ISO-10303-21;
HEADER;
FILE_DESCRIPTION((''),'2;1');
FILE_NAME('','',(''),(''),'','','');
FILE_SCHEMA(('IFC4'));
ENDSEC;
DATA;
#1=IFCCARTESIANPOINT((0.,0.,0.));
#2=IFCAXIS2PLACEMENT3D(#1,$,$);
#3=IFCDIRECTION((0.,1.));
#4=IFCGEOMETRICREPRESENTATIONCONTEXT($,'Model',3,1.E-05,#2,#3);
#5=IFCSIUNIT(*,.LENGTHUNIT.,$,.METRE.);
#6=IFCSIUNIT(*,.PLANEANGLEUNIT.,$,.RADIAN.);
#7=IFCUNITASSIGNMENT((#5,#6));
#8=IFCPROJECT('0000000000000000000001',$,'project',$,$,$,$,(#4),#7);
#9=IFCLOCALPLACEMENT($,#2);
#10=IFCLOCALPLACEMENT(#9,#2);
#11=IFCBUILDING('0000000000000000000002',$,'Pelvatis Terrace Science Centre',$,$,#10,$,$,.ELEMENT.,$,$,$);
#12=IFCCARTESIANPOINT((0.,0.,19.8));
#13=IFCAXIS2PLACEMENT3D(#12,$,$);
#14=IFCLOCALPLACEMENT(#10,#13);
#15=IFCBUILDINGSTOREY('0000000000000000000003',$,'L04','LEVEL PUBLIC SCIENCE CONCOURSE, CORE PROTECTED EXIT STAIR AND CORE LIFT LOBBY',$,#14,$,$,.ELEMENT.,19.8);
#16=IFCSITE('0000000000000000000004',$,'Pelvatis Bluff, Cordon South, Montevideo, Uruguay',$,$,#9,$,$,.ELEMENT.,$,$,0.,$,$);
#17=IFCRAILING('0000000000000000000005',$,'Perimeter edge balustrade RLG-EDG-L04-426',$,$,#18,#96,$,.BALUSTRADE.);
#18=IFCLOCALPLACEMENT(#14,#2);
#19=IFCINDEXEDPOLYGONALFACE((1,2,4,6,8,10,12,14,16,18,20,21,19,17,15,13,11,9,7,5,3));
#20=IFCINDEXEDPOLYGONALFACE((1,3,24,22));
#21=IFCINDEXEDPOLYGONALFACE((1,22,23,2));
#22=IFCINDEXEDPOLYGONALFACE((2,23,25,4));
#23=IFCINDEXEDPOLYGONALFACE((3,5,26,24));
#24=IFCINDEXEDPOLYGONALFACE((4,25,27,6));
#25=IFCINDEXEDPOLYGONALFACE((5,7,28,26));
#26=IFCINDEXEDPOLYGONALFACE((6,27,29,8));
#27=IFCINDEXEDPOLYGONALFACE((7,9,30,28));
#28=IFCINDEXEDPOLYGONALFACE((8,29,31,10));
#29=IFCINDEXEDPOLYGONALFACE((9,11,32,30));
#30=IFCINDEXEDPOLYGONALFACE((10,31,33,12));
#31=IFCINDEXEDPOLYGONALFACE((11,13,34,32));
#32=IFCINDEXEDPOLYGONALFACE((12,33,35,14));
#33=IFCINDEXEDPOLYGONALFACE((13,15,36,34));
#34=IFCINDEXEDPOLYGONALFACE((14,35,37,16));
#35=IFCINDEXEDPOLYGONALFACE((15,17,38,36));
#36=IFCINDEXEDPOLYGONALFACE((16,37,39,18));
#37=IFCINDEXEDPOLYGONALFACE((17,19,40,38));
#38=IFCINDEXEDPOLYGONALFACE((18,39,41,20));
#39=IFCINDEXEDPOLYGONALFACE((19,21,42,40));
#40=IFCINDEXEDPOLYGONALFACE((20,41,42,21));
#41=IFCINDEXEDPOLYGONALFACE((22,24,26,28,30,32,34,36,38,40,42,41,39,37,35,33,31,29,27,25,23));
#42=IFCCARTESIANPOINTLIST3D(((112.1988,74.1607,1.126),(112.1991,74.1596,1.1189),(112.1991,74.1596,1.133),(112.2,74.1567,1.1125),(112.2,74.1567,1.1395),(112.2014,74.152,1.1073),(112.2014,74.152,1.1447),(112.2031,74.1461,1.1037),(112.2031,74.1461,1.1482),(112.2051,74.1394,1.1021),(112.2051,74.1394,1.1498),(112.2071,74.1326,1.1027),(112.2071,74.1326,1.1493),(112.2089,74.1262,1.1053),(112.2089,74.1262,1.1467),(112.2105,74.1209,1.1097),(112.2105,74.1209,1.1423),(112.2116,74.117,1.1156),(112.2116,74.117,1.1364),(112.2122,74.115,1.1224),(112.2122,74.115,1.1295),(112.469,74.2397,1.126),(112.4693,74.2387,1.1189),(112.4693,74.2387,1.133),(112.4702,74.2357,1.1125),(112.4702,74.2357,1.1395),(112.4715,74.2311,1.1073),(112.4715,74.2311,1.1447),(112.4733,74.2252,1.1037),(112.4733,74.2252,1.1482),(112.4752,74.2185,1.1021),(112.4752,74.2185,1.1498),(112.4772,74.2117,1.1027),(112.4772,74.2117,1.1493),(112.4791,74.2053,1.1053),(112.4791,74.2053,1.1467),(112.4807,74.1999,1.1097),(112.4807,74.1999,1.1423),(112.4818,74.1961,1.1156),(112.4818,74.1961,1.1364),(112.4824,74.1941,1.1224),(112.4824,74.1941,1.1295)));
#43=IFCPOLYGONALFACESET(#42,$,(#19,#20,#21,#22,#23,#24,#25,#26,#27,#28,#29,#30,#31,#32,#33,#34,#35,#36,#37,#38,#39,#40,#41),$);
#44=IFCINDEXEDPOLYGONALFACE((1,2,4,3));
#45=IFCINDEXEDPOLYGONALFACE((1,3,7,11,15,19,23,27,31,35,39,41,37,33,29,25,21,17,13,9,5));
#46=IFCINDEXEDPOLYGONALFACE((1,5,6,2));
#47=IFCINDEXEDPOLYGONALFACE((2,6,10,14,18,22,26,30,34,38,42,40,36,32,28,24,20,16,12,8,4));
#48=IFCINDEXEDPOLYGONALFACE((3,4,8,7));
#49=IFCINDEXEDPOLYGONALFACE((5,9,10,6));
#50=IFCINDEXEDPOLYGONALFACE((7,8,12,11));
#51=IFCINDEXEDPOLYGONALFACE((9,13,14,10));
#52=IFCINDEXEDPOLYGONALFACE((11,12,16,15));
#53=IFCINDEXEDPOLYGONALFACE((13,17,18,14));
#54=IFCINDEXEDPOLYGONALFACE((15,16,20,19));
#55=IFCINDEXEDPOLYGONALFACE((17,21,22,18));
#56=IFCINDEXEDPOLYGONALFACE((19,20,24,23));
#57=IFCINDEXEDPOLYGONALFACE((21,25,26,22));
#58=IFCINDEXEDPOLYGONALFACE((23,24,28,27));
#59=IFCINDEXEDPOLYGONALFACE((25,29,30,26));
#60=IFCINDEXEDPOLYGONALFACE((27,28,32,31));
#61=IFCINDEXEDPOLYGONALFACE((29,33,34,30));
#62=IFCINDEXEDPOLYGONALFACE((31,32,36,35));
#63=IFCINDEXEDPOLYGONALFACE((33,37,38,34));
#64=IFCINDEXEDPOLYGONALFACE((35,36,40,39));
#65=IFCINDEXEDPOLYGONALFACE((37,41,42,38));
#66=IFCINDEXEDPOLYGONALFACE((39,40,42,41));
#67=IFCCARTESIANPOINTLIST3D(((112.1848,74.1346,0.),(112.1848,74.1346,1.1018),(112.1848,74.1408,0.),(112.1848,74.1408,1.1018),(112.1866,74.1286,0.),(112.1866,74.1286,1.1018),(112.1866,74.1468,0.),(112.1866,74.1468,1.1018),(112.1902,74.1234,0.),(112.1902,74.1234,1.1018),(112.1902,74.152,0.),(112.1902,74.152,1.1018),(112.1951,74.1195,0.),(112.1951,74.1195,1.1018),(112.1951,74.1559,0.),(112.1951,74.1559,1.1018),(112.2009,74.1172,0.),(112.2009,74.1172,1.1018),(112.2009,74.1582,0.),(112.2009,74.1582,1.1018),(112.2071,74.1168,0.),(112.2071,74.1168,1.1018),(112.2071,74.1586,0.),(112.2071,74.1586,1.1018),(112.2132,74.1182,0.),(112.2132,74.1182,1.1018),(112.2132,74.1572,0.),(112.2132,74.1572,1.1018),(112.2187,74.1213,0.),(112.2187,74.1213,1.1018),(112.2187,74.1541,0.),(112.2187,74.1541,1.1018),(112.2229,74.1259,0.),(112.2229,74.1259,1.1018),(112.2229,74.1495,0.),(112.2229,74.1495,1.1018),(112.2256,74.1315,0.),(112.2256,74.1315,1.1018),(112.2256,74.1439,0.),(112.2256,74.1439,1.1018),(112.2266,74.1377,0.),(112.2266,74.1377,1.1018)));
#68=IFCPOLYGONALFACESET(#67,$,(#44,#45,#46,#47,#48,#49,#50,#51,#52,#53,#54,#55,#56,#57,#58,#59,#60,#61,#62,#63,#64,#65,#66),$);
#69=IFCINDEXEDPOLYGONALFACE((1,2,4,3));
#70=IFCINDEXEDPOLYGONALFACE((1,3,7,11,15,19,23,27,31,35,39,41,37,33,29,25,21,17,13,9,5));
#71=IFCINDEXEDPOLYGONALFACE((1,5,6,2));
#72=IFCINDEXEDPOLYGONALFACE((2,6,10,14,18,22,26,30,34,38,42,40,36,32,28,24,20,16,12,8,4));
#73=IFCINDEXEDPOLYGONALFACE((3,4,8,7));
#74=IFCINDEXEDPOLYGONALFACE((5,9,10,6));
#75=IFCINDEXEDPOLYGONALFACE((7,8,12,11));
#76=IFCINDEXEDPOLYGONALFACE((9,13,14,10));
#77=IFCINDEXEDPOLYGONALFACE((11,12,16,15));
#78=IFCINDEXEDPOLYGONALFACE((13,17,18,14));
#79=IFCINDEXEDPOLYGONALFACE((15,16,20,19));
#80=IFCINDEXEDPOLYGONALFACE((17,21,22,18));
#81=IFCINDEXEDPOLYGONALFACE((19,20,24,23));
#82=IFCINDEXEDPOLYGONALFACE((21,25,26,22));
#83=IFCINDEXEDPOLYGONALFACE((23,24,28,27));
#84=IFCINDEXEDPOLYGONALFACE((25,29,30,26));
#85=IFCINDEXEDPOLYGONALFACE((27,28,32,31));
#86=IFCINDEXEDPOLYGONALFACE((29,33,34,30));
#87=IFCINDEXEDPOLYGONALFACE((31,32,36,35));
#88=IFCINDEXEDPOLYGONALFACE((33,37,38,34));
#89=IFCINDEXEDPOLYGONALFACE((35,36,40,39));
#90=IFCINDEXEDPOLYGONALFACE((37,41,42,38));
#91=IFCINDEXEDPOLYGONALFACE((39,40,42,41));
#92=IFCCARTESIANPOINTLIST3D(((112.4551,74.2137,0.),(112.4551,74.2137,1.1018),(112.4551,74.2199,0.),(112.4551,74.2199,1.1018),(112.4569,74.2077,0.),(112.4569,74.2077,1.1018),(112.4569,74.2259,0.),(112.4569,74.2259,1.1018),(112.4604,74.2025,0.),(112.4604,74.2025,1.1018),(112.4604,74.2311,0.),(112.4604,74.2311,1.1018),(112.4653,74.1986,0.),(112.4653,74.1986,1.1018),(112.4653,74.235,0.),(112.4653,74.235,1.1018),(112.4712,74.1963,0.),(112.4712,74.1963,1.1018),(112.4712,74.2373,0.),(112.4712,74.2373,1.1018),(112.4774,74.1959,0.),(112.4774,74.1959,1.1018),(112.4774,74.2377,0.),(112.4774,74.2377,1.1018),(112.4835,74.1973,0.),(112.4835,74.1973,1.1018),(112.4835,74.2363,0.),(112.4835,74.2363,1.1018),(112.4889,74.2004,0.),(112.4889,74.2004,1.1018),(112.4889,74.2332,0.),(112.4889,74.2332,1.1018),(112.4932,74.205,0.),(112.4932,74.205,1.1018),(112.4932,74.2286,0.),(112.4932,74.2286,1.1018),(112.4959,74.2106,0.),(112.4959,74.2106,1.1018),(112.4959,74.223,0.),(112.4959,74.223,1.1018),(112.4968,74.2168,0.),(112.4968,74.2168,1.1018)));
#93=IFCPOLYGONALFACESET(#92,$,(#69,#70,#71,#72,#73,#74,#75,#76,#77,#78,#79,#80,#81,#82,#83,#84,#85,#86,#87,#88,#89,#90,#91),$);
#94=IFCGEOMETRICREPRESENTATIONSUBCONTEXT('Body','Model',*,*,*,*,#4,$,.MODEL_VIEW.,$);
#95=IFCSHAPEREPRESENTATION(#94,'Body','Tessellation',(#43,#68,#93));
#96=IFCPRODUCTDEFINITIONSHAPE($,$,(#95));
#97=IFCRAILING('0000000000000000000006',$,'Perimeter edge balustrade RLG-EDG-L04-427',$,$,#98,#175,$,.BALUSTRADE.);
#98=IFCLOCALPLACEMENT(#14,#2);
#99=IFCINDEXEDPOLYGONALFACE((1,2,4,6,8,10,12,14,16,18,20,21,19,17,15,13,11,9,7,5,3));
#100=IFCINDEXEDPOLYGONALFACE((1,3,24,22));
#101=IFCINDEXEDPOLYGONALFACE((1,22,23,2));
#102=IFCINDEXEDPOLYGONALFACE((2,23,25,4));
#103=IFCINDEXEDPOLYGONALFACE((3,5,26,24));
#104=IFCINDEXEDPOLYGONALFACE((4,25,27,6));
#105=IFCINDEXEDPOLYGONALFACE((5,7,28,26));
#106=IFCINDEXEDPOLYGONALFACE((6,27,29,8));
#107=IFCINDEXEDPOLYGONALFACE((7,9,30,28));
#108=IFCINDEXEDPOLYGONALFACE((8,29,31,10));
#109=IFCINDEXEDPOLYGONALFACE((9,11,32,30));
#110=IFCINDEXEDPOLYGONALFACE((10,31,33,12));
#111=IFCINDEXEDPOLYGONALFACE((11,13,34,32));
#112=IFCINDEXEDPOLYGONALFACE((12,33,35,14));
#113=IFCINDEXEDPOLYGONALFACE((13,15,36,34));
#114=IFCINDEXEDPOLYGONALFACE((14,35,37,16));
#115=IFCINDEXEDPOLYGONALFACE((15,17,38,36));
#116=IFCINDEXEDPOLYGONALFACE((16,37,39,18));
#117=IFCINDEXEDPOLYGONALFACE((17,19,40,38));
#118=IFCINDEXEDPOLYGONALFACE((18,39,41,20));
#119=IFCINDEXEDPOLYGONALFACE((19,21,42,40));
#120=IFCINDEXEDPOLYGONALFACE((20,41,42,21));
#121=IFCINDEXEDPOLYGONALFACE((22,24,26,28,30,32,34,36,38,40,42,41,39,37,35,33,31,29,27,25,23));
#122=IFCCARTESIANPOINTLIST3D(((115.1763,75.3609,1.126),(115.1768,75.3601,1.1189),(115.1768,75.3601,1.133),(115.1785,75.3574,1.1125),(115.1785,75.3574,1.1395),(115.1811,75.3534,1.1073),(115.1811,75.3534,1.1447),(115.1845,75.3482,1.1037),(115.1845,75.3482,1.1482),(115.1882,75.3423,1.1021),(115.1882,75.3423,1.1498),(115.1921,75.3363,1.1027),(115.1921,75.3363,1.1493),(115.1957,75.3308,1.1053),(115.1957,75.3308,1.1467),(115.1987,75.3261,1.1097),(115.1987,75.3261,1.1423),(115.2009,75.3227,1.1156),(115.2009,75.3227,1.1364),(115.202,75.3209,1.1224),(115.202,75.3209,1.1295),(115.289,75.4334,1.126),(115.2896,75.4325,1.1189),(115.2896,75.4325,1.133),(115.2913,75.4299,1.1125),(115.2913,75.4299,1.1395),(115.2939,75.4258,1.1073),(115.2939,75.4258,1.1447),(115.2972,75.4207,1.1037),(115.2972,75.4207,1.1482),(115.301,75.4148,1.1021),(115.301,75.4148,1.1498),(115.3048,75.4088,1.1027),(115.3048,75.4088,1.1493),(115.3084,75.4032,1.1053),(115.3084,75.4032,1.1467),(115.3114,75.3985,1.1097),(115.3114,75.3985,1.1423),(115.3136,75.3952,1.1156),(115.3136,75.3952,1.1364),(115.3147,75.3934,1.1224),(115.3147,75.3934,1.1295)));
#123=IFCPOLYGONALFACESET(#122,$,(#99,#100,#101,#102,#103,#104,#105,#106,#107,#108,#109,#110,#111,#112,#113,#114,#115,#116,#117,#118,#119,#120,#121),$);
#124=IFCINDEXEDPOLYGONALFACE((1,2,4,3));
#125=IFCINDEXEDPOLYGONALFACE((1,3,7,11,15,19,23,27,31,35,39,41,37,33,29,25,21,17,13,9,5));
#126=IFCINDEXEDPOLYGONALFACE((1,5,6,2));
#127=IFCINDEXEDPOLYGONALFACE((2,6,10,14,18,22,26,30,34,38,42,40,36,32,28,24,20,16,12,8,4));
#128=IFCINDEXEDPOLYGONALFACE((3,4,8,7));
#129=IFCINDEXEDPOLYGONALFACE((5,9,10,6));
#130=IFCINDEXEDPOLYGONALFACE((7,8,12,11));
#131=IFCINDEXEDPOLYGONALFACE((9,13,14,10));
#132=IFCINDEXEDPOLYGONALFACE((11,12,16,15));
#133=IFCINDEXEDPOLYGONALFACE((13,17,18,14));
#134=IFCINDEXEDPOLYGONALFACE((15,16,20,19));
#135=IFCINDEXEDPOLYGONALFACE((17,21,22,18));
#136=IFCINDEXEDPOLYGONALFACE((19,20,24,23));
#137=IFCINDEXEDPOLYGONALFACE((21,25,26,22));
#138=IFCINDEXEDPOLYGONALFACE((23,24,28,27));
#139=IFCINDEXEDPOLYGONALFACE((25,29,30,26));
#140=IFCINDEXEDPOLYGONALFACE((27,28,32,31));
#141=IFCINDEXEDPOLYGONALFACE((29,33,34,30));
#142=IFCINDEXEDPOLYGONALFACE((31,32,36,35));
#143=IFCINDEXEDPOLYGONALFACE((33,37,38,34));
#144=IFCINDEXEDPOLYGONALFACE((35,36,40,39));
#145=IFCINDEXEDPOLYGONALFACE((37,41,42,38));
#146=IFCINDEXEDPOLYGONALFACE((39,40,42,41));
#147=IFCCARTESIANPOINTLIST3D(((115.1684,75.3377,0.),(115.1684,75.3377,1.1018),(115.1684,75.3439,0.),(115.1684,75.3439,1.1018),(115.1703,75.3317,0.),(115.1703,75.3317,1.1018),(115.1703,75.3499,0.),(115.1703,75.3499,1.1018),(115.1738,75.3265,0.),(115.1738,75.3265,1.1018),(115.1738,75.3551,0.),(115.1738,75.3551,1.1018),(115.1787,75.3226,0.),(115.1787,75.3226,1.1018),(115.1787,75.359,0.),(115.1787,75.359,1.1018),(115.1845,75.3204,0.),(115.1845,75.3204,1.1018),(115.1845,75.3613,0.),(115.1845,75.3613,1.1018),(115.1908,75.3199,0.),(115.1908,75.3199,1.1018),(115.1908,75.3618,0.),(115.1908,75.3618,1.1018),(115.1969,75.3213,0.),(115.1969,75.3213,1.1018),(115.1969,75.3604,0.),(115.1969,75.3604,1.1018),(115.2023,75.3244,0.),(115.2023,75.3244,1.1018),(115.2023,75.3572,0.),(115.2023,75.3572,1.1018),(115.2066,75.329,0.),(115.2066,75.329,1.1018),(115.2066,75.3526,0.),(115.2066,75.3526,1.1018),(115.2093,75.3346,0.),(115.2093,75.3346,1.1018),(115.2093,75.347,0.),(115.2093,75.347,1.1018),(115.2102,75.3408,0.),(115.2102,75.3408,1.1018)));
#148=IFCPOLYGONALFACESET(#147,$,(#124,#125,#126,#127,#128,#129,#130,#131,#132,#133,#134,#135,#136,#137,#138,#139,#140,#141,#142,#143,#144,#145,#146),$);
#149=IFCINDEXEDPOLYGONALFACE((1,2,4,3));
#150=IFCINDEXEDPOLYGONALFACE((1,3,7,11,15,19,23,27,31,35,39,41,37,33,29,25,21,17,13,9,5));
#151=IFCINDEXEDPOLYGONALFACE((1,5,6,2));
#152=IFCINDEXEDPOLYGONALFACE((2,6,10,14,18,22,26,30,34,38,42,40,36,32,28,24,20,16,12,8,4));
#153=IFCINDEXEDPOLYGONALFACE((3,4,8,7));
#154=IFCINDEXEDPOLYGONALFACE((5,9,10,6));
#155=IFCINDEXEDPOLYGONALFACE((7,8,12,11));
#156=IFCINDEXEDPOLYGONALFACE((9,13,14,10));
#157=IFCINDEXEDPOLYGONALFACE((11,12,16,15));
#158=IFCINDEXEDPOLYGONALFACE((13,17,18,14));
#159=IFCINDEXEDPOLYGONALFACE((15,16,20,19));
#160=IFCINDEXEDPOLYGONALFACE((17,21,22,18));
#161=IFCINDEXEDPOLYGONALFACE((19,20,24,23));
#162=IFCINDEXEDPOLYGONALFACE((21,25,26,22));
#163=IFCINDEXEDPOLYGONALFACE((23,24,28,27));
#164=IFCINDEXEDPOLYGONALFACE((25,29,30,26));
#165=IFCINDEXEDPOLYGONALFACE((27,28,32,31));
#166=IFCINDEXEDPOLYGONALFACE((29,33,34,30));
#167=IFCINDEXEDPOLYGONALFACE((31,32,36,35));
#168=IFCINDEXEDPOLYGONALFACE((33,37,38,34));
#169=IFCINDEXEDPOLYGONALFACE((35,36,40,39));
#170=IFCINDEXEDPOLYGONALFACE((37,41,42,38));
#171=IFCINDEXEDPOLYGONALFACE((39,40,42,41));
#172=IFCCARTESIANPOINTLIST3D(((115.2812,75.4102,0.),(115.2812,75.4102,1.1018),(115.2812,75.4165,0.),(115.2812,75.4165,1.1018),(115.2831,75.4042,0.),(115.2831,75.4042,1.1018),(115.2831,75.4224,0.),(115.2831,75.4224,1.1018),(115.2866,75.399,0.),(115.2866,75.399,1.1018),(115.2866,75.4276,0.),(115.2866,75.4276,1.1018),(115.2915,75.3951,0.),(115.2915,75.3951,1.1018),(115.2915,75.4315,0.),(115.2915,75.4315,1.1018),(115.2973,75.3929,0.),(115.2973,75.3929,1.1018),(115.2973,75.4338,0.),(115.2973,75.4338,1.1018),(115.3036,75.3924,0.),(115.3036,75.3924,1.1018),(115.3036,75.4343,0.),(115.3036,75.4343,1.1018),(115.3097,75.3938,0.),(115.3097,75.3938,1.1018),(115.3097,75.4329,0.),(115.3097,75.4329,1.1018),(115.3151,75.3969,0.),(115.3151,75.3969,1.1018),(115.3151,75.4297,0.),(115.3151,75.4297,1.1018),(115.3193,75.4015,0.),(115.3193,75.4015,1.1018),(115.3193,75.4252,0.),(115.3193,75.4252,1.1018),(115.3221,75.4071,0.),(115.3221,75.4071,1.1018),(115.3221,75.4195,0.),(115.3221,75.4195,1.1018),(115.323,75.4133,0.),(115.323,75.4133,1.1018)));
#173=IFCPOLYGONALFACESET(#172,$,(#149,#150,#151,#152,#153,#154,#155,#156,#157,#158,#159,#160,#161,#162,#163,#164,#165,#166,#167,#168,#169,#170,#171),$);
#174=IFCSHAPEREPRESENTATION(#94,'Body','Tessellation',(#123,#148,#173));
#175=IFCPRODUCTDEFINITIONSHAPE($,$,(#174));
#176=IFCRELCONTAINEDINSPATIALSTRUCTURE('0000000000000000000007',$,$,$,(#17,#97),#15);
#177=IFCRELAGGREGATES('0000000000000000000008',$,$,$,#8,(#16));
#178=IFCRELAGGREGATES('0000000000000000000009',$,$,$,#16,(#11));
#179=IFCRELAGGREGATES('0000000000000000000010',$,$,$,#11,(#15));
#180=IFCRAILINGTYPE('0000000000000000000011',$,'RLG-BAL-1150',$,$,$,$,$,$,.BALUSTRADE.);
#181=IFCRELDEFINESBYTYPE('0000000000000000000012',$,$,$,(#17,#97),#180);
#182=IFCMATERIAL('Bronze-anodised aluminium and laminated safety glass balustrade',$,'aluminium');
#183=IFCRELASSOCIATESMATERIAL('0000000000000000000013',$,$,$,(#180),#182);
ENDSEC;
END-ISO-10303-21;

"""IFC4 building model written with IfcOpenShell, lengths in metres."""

from ifc_helpers import new_model, si_unit, direction, frame, origin, origin_2d, place, context, subcontext, project, spatial, circle, extrude, material, type_object, element, save


model = new_model("IFC4")

# Units and contexts
model_context = context("Model", 3, precision=1e-05, world=origin(), true_north=direction((0.0, 1.0)))
body_context = subcontext(model_context, "Body", "Model", "MODEL_VIEW")
ifc_project = project(units=[si_unit("LENGTHUNIT", "METRE"), si_unit("PLANEANGLEUNIT", "RADIAN")], contexts=[model_context])

# Site, building, storey
site_placement = place(None, origin())
site = spatial("IfcSite", under=ifc_project, at=site_placement, Name="Pelvatis Bluff, Cordon South, Montevideo, Uruguay", CompositionType="ELEMENT", RefElevation=0.0)
building_placement = place(site_placement, origin())
building = spatial("IfcBuilding", under=site, at=building_placement, Name="Pelvatis Terrace Science Centre", CompositionType="ELEMENT")
storey_placement = place(building_placement, frame((0.0, 0.0, 19.8)))
storey = spatial("IfcBuildingStorey", under=building, at=storey_placement, Name="L04", Description="LEVEL PUBLIC SCIENCE CONCOURSE, CORE PROTECTED EXIT STAIR AND CORE LIFT LOBBY", CompositionType="ELEMENT", Elevation=19.8)

# Railings
ifc_material_1 = material(Name="Bronze-anodised aluminium and laminated safety glass balustrade", Category="aluminium")
railing_type = type_object("IfcRailingType", Name="RLG-BAL-1150", PredefinedType="BALUSTRADE", material=ifc_material_1)
railing_1_placement = place(storey_placement, frame((112.2056, 74.1377, 0.0)))
element("IfcRailing", 1, at=railing_1_placement, inside=storey, type_object=railing_type, Name="Perimeter edge balustrade RLG-EDG-L04-426", PredefinedType="BALUSTRADE", context=body_context, shape_type="SweptSolid", body=[
    extrude(circle(Radius=0.0239, at=origin_2d()), frame((0.0, 0.0, 1.126), z_axis=(0.959737, 0.280899, 0.0), x_axis=(-0.280899, 0.959737, 0.0)), (0.0, 0.0, 1.0), 0.2815),
    extrude(circle(Radius=0.021, at=origin_2d()), origin(), (0.0, 0.0, 1.0), 1.1018),
    extrude(circle(Radius=0.021, at=origin_2d()), frame((0.2703, 0.0791, 0.0)), (0.0, 0.0, 1.0), 1.1018),
])
railing_2_placement = place(storey_placement, frame((115.1892, 75.3408, 0.0)))
element("IfcRailing", 2, at=railing_2_placement, inside=storey, type_object=railing_type, Name="Perimeter edge balustrade RLG-EDG-L04-427", PredefinedType="BALUSTRADE", context=body_context, shape_type="SweptSolid", body=[
    extrude(circle(Radius=0.0239, at=origin_2d()), frame((0.0, 0.0, 1.126), z_axis=(0.841178, 0.540758, 0.0), x_axis=(-0.540758, 0.841178, 0.0)), (0.0, 0.0, 1.0), 0.134),
    extrude(circle(Radius=0.021, at=origin_2d()), origin(), (0.0, 0.0, 1.0), 1.1018),
    extrude(circle(Radius=0.021, at=origin_2d()), frame((0.1128, 0.0725, 0.0)), (0.0, 0.0, 1.0), 1.1018),
])

save(model, "model.ifc")
